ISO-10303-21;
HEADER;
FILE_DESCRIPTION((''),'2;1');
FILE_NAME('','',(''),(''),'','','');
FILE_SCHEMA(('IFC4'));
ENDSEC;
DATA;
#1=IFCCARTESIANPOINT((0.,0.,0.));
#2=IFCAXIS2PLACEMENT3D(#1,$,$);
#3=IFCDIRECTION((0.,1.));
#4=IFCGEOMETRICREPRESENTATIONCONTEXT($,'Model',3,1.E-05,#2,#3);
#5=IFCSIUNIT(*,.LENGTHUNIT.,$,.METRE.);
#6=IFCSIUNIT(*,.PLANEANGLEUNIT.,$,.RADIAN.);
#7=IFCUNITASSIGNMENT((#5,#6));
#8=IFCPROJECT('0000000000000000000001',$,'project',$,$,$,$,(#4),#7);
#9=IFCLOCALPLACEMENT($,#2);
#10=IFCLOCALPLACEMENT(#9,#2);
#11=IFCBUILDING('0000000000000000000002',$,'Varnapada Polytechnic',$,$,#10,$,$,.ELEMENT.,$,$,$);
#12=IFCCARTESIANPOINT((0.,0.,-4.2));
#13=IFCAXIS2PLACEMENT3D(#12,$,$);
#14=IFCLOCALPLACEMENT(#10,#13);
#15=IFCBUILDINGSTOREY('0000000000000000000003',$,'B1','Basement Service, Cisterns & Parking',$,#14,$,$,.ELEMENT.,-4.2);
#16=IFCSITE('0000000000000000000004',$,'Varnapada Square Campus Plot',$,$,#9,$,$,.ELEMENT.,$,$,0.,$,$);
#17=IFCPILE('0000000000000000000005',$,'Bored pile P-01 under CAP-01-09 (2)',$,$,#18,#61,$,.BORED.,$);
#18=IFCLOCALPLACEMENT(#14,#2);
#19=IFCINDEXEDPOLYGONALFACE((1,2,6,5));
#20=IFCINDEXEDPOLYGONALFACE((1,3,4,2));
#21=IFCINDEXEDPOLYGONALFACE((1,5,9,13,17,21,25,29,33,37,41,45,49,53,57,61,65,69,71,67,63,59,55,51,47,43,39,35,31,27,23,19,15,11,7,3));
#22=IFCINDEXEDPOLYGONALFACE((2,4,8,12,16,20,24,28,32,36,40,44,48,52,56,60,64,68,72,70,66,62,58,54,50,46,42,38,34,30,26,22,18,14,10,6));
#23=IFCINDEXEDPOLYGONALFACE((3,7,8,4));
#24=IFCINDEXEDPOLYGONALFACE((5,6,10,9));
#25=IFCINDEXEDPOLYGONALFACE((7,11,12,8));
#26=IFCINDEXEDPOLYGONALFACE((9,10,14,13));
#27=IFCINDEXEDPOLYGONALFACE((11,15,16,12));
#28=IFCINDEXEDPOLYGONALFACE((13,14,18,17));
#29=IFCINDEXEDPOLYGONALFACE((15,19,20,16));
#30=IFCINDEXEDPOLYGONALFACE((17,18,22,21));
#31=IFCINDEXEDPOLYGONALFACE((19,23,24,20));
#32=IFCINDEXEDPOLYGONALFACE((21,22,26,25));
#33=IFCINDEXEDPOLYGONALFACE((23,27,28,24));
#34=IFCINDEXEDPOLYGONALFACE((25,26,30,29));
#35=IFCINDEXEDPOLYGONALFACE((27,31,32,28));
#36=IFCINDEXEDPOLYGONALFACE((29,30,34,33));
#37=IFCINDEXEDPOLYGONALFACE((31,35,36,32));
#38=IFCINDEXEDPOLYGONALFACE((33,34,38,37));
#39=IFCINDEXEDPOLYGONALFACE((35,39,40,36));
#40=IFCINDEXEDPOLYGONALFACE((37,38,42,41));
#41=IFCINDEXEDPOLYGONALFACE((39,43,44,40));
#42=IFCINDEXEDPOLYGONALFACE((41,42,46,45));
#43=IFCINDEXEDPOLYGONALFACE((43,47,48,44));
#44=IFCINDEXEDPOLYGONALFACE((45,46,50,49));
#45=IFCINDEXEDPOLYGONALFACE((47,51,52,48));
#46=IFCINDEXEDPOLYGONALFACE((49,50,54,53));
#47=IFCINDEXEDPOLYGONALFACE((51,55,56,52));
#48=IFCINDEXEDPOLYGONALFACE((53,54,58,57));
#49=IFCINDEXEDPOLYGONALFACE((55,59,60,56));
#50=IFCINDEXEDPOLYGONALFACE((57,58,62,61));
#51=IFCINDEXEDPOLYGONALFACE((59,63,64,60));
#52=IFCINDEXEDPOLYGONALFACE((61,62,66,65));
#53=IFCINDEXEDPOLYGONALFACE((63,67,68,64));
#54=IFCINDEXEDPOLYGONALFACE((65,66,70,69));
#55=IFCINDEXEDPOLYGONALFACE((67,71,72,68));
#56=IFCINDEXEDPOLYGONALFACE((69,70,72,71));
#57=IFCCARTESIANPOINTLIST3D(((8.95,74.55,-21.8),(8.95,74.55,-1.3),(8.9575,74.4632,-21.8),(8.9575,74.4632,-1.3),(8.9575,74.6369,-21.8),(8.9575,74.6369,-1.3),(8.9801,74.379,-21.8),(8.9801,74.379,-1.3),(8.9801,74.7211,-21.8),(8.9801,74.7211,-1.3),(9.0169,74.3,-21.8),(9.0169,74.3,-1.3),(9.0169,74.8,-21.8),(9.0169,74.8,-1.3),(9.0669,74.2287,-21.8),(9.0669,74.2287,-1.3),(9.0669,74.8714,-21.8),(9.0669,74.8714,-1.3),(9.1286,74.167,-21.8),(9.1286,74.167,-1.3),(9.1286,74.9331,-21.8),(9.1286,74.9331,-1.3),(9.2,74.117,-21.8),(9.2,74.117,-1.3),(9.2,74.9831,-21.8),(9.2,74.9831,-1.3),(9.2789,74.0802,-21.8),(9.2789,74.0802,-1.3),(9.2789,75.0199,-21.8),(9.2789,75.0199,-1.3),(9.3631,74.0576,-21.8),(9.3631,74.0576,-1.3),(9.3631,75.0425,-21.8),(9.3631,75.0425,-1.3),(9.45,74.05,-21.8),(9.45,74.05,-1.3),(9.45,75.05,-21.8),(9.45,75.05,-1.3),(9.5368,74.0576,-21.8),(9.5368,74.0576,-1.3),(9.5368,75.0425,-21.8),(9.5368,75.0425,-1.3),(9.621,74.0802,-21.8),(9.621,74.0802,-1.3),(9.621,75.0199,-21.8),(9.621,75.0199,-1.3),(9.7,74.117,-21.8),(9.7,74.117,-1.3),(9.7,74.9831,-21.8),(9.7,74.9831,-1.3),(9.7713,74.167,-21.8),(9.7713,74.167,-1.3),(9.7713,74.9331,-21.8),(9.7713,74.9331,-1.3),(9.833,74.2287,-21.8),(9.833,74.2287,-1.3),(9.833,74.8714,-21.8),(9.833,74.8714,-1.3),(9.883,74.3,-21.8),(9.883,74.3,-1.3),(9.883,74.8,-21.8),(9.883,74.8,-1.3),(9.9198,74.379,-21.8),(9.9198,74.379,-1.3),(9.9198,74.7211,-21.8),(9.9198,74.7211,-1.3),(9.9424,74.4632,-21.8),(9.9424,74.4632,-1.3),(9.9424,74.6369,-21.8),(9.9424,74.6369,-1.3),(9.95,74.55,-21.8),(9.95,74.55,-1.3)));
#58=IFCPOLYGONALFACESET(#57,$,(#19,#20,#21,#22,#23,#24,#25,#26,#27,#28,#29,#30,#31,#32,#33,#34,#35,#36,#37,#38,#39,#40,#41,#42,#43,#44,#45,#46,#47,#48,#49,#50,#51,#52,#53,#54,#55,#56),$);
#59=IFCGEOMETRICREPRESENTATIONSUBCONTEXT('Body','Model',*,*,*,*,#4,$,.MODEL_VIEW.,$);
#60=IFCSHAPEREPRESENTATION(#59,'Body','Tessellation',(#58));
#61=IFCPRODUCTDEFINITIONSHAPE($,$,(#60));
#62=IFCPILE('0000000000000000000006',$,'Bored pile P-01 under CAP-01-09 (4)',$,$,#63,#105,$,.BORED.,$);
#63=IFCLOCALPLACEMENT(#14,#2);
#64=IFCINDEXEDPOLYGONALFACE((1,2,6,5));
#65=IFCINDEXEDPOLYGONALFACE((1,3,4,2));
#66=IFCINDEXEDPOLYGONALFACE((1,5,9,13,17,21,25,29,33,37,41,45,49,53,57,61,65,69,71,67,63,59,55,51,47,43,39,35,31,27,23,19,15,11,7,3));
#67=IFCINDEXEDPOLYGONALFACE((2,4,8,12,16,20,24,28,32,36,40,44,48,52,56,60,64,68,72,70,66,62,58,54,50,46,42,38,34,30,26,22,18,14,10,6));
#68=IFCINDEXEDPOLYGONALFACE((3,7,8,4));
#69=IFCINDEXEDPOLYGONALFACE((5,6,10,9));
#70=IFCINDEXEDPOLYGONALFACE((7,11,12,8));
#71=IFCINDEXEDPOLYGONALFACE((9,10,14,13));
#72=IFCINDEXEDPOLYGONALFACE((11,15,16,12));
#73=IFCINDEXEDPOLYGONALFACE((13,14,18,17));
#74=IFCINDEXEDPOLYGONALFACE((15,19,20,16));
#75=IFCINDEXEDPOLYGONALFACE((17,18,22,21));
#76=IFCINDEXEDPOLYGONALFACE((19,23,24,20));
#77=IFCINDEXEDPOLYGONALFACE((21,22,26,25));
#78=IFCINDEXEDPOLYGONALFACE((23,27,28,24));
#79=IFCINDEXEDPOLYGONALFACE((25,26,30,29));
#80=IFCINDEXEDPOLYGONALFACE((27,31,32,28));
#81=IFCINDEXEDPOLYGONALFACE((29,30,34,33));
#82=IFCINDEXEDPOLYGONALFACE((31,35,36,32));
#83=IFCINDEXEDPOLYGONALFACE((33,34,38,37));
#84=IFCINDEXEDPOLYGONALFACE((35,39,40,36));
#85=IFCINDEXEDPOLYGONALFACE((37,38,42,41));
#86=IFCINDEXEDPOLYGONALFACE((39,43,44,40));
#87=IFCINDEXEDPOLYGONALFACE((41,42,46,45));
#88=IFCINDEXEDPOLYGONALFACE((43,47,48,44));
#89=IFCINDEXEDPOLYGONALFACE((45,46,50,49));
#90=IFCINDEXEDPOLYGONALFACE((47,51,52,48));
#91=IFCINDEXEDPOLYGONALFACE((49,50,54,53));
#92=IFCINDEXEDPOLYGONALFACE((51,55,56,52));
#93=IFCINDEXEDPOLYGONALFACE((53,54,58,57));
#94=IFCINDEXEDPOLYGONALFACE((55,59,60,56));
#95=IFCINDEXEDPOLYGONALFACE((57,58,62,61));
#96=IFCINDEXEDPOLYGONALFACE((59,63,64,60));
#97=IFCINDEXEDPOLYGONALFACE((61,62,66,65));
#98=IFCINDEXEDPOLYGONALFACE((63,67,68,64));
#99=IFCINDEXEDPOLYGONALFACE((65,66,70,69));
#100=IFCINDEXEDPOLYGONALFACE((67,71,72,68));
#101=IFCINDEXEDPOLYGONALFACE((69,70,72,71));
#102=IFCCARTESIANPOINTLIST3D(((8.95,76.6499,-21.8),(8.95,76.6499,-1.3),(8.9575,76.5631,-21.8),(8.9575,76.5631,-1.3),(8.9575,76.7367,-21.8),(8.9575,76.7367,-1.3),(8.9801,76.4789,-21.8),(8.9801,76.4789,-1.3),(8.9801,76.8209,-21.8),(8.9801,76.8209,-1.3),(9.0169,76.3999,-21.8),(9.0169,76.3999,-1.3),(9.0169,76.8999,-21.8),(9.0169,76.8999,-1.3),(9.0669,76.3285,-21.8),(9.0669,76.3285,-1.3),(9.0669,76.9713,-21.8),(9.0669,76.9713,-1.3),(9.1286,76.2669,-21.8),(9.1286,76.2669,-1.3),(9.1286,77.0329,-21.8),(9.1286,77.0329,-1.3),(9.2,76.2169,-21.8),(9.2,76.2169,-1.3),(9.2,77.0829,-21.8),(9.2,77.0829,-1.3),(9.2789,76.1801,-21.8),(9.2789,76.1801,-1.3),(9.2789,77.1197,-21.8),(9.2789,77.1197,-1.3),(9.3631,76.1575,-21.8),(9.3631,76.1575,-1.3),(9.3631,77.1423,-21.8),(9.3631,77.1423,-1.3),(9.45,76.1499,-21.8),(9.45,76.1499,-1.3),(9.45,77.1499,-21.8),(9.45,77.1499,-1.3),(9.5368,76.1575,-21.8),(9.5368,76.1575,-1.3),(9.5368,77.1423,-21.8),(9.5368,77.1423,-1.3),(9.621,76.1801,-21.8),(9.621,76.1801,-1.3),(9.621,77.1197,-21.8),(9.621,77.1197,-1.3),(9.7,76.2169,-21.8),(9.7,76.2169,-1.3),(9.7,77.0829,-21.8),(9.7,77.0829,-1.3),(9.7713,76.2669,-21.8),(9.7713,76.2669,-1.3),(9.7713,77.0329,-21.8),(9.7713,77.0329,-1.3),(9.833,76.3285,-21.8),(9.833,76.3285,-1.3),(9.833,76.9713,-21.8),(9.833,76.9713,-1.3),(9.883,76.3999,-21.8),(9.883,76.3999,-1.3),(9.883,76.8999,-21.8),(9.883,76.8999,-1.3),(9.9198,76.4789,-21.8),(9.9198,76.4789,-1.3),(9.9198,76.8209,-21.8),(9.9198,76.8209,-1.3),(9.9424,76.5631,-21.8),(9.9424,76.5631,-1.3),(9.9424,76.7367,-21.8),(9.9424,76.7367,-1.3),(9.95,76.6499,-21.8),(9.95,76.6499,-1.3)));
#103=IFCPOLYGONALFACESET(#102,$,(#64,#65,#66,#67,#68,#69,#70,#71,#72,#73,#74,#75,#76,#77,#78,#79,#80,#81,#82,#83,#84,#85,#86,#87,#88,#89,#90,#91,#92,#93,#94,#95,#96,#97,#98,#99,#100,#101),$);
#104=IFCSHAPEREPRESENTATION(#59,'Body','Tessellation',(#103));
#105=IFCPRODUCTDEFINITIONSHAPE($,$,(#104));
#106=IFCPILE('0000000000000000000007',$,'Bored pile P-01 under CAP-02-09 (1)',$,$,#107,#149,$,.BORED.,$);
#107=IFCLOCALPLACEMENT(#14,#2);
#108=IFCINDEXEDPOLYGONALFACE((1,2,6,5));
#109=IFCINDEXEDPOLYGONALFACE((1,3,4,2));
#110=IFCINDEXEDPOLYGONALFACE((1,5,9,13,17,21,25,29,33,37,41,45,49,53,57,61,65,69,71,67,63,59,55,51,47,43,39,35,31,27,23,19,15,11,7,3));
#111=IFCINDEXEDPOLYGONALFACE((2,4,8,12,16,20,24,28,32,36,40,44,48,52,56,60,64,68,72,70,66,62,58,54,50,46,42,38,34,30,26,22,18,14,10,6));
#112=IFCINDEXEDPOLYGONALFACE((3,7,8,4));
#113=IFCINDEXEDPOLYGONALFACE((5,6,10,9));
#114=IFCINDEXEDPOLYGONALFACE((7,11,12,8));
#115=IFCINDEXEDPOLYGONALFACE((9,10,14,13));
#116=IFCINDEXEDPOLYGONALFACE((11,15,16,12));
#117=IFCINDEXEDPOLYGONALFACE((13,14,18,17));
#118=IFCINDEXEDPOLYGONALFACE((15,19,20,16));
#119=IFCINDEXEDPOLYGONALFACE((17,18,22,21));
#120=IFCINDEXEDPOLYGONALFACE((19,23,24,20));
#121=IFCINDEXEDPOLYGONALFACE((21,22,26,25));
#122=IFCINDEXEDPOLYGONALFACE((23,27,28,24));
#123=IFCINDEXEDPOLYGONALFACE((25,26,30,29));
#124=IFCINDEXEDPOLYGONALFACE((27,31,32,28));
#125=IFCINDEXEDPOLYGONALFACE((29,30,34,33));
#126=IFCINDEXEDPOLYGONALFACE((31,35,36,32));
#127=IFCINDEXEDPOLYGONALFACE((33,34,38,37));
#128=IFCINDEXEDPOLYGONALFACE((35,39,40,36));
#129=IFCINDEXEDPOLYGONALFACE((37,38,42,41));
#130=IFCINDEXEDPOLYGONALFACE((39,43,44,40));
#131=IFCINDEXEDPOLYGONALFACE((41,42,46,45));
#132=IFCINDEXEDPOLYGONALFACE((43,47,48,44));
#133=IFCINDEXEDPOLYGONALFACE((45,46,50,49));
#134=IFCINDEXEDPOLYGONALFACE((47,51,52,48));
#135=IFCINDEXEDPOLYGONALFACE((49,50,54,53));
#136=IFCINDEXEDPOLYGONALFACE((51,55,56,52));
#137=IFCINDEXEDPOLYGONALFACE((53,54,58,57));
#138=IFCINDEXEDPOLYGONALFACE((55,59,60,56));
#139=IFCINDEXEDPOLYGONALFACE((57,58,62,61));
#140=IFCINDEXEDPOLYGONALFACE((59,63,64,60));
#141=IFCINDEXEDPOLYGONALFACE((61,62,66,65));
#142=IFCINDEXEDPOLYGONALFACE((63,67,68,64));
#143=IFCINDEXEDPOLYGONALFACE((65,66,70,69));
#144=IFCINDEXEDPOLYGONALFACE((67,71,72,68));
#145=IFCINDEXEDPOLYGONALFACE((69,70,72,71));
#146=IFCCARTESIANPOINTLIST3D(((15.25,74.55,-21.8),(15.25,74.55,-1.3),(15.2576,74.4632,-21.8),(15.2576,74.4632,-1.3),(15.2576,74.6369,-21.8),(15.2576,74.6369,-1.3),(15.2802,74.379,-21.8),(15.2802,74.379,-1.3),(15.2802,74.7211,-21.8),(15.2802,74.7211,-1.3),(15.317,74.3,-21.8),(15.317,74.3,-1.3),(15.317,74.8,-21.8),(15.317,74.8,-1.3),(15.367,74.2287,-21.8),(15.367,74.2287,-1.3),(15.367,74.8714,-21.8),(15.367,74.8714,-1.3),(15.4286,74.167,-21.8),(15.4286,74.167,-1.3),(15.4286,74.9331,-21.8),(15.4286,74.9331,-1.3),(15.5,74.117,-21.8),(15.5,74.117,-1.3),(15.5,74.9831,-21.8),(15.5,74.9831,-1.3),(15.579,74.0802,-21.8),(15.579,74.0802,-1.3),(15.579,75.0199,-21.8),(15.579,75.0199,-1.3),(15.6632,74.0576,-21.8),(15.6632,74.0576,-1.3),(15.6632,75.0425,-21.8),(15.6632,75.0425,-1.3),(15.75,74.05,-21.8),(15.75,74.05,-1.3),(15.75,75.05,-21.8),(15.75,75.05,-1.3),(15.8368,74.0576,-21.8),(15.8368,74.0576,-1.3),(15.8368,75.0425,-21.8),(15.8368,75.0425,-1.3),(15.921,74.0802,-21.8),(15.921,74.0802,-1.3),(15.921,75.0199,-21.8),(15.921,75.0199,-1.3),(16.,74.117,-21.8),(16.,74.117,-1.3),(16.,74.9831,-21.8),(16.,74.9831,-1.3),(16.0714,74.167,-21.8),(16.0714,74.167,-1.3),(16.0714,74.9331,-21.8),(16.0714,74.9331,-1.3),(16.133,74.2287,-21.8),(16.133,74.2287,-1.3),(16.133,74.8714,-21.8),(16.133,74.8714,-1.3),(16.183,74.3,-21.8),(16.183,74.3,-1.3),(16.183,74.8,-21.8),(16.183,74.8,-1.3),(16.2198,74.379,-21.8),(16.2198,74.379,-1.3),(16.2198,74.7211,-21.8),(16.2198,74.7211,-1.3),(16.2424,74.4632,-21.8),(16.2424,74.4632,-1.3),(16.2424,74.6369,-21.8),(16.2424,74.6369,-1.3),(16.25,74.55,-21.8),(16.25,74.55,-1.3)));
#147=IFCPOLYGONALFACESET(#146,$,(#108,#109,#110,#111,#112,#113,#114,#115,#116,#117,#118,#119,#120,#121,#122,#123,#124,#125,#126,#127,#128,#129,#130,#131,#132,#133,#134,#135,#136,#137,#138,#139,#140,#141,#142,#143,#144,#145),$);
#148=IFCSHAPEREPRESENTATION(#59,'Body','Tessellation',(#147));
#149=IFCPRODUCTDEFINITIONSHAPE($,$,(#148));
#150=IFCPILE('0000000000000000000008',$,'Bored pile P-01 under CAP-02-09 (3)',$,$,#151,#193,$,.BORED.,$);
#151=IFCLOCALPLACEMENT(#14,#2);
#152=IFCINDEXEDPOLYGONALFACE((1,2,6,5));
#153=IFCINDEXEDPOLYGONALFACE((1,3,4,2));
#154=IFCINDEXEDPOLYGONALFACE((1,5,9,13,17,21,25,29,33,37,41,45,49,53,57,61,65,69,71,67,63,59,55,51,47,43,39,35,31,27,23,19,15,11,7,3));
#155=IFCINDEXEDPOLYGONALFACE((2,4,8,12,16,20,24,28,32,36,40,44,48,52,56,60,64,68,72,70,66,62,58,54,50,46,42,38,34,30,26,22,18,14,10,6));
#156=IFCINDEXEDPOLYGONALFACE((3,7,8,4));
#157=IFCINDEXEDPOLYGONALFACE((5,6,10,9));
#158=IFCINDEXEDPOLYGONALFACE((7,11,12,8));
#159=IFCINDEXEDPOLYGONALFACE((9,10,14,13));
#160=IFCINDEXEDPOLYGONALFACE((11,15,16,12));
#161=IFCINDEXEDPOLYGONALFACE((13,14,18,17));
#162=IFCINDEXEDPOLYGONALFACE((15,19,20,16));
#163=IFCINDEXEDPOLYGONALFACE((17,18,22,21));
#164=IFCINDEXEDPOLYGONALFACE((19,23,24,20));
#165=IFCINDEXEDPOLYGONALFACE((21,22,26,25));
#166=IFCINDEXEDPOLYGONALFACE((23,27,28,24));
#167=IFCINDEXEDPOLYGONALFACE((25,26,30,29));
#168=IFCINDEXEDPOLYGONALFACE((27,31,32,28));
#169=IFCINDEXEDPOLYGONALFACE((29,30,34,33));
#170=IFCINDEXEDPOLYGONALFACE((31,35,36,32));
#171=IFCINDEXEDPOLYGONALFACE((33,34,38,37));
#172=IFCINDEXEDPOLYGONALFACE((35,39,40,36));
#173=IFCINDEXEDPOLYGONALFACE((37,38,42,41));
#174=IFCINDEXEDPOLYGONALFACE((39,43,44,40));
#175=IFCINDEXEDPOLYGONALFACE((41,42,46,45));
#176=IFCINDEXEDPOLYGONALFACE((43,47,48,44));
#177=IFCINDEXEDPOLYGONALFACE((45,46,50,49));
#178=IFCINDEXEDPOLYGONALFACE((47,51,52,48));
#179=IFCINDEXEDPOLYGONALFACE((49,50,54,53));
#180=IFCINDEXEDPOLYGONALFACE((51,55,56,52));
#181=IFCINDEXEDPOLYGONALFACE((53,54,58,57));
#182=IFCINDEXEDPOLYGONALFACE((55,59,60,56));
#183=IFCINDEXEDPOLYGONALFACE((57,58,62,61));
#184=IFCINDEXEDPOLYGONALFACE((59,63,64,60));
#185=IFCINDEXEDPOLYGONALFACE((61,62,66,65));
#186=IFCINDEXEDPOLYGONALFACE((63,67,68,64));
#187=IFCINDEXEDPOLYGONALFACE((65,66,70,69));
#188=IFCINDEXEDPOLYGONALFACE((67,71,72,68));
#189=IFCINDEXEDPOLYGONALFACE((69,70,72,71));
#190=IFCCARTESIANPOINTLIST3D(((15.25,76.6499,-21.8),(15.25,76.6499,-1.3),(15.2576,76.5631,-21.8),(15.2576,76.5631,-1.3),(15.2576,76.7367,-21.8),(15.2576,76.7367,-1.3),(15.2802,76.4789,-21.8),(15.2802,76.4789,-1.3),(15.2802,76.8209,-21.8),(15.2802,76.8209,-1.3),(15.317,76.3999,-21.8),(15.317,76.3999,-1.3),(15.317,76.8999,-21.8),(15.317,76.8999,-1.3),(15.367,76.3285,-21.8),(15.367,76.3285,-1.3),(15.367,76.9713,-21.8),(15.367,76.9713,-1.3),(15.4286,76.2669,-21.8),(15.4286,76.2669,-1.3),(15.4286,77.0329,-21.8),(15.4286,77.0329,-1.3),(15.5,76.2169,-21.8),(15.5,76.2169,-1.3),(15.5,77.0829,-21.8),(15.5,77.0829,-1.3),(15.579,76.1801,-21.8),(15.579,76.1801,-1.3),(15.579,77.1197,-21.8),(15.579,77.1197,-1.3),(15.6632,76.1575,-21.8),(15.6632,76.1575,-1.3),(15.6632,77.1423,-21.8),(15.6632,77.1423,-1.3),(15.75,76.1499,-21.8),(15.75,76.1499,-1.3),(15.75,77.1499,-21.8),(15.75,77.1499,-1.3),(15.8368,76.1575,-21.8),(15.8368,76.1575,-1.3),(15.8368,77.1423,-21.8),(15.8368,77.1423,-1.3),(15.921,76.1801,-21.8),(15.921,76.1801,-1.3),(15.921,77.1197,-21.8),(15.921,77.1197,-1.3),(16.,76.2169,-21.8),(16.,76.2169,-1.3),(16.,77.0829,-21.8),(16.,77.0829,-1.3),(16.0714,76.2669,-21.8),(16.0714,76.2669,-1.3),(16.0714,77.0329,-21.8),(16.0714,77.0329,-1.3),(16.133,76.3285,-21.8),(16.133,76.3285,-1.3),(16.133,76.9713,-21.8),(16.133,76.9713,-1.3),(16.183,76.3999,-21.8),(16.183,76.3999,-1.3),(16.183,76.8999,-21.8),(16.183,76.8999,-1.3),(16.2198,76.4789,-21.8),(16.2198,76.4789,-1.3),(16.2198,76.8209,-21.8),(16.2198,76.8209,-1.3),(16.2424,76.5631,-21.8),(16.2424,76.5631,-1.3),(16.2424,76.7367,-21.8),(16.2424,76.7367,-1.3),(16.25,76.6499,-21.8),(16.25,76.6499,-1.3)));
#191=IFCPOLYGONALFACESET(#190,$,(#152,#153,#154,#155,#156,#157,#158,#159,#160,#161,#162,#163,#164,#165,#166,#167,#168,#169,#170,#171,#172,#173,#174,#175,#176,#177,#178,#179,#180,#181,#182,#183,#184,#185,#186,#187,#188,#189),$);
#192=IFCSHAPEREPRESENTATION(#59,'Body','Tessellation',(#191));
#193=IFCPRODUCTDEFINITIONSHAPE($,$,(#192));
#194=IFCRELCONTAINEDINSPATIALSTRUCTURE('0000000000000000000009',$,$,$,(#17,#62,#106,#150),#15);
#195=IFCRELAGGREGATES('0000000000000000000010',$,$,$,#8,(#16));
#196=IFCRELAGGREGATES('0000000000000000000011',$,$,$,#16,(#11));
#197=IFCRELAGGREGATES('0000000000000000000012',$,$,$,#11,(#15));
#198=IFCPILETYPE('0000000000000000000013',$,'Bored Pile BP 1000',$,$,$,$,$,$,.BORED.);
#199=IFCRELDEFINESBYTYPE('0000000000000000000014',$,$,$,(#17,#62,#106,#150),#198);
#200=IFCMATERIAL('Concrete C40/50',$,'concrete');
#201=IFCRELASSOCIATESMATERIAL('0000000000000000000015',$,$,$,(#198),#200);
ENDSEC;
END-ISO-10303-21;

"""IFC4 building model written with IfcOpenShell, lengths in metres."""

from ifc_helpers import new_model, si_unit, direction, frame, origin, origin_2d, place, context, subcontext, project, spatial, circle, extrude, material, material_profile, profile_set, type_object, element, save


model = new_model("IFC4")

# Units and contexts
model_context = context("Model", 3, precision=1e-05, world=origin(), true_north=direction((0.0, 1.0)))
body_context = subcontext(model_context, "Body", "Model", "MODEL_VIEW")
ifc_project = project(units=[si_unit("LENGTHUNIT", "METRE"), si_unit("PLANEANGLEUNIT", "RADIAN")], contexts=[model_context])

# Site, building, storey
site_placement = place(None, origin())
site = spatial("IfcSite", under=ifc_project, at=site_placement, Name="Varnapada Square Campus Plot", CompositionType="ELEMENT", RefElevation=0.0)
building_placement = place(site_placement, origin())
building = spatial("IfcBuilding", under=site, at=building_placement, Name="Varnapada Polytechnic", CompositionType="ELEMENT")
storey_placement = place(building_placement, frame((0.0, 0.0, -4.2)))
storey = spatial("IfcBuildingStorey", under=building, at=storey_placement, Name="B1", Description="Basement Service, Cisterns & Parking", CompositionType="ELEMENT", Elevation=-4.2)

# Piles
ifc_material_1 = material(Name="Concrete C40/50", Category="concrete")
ifc_material_profile_1 = material_profile(ifc_material_1, circle(Radius=0.5, at=origin_2d()), Name="BP 1000")
ifc_profile_set_1 = profile_set([ifc_material_profile_1], Name="Concrete C40/50")
pile_type_1 = type_object("IfcPileType", Name="Bored Pile BP 1000", PredefinedType="BORED", material=ifc_profile_set_1)
for number, where, z_axis, x_axis, name in (
    (1, (9.45, 74.55, -1.3), (0.0, 0.0, -1.0), (1.0, 0.0, 0.0), "Bored pile P-01 under CAP-01-09 (2)"),
    (2, (9.45, 76.6499, -1.3), (0.0, 0.0, -1.0), (1.0, 0.0, 0.0), "Bored pile P-01 under CAP-01-09 (4)"),
    (3, (15.75, 74.55, -1.3), (0.0, 0.0, -1.0), (1.0, 0.0, 0.0), "Bored pile P-01 under CAP-02-09 (1)"),
    (4, (15.75, 76.6499, -1.3), (0.0, 0.0, -1.0), (1.0, 0.0, 0.0), "Bored pile P-01 under CAP-02-09 (3)"),
):
    element("IfcPile", number, at=place(storey_placement, frame(where, z_axis=z_axis, x_axis=x_axis)), inside=storey, type_object=pile_type_1, Name=name, PredefinedType="BORED", context=body_context, shape_type="SweptSolid", body=[
        extrude(circle(Radius=0.5, at=origin_2d()), origin(), (0.0, 0.0, 1.0), 20.5),
    ])

save(model, "model.ifc")
